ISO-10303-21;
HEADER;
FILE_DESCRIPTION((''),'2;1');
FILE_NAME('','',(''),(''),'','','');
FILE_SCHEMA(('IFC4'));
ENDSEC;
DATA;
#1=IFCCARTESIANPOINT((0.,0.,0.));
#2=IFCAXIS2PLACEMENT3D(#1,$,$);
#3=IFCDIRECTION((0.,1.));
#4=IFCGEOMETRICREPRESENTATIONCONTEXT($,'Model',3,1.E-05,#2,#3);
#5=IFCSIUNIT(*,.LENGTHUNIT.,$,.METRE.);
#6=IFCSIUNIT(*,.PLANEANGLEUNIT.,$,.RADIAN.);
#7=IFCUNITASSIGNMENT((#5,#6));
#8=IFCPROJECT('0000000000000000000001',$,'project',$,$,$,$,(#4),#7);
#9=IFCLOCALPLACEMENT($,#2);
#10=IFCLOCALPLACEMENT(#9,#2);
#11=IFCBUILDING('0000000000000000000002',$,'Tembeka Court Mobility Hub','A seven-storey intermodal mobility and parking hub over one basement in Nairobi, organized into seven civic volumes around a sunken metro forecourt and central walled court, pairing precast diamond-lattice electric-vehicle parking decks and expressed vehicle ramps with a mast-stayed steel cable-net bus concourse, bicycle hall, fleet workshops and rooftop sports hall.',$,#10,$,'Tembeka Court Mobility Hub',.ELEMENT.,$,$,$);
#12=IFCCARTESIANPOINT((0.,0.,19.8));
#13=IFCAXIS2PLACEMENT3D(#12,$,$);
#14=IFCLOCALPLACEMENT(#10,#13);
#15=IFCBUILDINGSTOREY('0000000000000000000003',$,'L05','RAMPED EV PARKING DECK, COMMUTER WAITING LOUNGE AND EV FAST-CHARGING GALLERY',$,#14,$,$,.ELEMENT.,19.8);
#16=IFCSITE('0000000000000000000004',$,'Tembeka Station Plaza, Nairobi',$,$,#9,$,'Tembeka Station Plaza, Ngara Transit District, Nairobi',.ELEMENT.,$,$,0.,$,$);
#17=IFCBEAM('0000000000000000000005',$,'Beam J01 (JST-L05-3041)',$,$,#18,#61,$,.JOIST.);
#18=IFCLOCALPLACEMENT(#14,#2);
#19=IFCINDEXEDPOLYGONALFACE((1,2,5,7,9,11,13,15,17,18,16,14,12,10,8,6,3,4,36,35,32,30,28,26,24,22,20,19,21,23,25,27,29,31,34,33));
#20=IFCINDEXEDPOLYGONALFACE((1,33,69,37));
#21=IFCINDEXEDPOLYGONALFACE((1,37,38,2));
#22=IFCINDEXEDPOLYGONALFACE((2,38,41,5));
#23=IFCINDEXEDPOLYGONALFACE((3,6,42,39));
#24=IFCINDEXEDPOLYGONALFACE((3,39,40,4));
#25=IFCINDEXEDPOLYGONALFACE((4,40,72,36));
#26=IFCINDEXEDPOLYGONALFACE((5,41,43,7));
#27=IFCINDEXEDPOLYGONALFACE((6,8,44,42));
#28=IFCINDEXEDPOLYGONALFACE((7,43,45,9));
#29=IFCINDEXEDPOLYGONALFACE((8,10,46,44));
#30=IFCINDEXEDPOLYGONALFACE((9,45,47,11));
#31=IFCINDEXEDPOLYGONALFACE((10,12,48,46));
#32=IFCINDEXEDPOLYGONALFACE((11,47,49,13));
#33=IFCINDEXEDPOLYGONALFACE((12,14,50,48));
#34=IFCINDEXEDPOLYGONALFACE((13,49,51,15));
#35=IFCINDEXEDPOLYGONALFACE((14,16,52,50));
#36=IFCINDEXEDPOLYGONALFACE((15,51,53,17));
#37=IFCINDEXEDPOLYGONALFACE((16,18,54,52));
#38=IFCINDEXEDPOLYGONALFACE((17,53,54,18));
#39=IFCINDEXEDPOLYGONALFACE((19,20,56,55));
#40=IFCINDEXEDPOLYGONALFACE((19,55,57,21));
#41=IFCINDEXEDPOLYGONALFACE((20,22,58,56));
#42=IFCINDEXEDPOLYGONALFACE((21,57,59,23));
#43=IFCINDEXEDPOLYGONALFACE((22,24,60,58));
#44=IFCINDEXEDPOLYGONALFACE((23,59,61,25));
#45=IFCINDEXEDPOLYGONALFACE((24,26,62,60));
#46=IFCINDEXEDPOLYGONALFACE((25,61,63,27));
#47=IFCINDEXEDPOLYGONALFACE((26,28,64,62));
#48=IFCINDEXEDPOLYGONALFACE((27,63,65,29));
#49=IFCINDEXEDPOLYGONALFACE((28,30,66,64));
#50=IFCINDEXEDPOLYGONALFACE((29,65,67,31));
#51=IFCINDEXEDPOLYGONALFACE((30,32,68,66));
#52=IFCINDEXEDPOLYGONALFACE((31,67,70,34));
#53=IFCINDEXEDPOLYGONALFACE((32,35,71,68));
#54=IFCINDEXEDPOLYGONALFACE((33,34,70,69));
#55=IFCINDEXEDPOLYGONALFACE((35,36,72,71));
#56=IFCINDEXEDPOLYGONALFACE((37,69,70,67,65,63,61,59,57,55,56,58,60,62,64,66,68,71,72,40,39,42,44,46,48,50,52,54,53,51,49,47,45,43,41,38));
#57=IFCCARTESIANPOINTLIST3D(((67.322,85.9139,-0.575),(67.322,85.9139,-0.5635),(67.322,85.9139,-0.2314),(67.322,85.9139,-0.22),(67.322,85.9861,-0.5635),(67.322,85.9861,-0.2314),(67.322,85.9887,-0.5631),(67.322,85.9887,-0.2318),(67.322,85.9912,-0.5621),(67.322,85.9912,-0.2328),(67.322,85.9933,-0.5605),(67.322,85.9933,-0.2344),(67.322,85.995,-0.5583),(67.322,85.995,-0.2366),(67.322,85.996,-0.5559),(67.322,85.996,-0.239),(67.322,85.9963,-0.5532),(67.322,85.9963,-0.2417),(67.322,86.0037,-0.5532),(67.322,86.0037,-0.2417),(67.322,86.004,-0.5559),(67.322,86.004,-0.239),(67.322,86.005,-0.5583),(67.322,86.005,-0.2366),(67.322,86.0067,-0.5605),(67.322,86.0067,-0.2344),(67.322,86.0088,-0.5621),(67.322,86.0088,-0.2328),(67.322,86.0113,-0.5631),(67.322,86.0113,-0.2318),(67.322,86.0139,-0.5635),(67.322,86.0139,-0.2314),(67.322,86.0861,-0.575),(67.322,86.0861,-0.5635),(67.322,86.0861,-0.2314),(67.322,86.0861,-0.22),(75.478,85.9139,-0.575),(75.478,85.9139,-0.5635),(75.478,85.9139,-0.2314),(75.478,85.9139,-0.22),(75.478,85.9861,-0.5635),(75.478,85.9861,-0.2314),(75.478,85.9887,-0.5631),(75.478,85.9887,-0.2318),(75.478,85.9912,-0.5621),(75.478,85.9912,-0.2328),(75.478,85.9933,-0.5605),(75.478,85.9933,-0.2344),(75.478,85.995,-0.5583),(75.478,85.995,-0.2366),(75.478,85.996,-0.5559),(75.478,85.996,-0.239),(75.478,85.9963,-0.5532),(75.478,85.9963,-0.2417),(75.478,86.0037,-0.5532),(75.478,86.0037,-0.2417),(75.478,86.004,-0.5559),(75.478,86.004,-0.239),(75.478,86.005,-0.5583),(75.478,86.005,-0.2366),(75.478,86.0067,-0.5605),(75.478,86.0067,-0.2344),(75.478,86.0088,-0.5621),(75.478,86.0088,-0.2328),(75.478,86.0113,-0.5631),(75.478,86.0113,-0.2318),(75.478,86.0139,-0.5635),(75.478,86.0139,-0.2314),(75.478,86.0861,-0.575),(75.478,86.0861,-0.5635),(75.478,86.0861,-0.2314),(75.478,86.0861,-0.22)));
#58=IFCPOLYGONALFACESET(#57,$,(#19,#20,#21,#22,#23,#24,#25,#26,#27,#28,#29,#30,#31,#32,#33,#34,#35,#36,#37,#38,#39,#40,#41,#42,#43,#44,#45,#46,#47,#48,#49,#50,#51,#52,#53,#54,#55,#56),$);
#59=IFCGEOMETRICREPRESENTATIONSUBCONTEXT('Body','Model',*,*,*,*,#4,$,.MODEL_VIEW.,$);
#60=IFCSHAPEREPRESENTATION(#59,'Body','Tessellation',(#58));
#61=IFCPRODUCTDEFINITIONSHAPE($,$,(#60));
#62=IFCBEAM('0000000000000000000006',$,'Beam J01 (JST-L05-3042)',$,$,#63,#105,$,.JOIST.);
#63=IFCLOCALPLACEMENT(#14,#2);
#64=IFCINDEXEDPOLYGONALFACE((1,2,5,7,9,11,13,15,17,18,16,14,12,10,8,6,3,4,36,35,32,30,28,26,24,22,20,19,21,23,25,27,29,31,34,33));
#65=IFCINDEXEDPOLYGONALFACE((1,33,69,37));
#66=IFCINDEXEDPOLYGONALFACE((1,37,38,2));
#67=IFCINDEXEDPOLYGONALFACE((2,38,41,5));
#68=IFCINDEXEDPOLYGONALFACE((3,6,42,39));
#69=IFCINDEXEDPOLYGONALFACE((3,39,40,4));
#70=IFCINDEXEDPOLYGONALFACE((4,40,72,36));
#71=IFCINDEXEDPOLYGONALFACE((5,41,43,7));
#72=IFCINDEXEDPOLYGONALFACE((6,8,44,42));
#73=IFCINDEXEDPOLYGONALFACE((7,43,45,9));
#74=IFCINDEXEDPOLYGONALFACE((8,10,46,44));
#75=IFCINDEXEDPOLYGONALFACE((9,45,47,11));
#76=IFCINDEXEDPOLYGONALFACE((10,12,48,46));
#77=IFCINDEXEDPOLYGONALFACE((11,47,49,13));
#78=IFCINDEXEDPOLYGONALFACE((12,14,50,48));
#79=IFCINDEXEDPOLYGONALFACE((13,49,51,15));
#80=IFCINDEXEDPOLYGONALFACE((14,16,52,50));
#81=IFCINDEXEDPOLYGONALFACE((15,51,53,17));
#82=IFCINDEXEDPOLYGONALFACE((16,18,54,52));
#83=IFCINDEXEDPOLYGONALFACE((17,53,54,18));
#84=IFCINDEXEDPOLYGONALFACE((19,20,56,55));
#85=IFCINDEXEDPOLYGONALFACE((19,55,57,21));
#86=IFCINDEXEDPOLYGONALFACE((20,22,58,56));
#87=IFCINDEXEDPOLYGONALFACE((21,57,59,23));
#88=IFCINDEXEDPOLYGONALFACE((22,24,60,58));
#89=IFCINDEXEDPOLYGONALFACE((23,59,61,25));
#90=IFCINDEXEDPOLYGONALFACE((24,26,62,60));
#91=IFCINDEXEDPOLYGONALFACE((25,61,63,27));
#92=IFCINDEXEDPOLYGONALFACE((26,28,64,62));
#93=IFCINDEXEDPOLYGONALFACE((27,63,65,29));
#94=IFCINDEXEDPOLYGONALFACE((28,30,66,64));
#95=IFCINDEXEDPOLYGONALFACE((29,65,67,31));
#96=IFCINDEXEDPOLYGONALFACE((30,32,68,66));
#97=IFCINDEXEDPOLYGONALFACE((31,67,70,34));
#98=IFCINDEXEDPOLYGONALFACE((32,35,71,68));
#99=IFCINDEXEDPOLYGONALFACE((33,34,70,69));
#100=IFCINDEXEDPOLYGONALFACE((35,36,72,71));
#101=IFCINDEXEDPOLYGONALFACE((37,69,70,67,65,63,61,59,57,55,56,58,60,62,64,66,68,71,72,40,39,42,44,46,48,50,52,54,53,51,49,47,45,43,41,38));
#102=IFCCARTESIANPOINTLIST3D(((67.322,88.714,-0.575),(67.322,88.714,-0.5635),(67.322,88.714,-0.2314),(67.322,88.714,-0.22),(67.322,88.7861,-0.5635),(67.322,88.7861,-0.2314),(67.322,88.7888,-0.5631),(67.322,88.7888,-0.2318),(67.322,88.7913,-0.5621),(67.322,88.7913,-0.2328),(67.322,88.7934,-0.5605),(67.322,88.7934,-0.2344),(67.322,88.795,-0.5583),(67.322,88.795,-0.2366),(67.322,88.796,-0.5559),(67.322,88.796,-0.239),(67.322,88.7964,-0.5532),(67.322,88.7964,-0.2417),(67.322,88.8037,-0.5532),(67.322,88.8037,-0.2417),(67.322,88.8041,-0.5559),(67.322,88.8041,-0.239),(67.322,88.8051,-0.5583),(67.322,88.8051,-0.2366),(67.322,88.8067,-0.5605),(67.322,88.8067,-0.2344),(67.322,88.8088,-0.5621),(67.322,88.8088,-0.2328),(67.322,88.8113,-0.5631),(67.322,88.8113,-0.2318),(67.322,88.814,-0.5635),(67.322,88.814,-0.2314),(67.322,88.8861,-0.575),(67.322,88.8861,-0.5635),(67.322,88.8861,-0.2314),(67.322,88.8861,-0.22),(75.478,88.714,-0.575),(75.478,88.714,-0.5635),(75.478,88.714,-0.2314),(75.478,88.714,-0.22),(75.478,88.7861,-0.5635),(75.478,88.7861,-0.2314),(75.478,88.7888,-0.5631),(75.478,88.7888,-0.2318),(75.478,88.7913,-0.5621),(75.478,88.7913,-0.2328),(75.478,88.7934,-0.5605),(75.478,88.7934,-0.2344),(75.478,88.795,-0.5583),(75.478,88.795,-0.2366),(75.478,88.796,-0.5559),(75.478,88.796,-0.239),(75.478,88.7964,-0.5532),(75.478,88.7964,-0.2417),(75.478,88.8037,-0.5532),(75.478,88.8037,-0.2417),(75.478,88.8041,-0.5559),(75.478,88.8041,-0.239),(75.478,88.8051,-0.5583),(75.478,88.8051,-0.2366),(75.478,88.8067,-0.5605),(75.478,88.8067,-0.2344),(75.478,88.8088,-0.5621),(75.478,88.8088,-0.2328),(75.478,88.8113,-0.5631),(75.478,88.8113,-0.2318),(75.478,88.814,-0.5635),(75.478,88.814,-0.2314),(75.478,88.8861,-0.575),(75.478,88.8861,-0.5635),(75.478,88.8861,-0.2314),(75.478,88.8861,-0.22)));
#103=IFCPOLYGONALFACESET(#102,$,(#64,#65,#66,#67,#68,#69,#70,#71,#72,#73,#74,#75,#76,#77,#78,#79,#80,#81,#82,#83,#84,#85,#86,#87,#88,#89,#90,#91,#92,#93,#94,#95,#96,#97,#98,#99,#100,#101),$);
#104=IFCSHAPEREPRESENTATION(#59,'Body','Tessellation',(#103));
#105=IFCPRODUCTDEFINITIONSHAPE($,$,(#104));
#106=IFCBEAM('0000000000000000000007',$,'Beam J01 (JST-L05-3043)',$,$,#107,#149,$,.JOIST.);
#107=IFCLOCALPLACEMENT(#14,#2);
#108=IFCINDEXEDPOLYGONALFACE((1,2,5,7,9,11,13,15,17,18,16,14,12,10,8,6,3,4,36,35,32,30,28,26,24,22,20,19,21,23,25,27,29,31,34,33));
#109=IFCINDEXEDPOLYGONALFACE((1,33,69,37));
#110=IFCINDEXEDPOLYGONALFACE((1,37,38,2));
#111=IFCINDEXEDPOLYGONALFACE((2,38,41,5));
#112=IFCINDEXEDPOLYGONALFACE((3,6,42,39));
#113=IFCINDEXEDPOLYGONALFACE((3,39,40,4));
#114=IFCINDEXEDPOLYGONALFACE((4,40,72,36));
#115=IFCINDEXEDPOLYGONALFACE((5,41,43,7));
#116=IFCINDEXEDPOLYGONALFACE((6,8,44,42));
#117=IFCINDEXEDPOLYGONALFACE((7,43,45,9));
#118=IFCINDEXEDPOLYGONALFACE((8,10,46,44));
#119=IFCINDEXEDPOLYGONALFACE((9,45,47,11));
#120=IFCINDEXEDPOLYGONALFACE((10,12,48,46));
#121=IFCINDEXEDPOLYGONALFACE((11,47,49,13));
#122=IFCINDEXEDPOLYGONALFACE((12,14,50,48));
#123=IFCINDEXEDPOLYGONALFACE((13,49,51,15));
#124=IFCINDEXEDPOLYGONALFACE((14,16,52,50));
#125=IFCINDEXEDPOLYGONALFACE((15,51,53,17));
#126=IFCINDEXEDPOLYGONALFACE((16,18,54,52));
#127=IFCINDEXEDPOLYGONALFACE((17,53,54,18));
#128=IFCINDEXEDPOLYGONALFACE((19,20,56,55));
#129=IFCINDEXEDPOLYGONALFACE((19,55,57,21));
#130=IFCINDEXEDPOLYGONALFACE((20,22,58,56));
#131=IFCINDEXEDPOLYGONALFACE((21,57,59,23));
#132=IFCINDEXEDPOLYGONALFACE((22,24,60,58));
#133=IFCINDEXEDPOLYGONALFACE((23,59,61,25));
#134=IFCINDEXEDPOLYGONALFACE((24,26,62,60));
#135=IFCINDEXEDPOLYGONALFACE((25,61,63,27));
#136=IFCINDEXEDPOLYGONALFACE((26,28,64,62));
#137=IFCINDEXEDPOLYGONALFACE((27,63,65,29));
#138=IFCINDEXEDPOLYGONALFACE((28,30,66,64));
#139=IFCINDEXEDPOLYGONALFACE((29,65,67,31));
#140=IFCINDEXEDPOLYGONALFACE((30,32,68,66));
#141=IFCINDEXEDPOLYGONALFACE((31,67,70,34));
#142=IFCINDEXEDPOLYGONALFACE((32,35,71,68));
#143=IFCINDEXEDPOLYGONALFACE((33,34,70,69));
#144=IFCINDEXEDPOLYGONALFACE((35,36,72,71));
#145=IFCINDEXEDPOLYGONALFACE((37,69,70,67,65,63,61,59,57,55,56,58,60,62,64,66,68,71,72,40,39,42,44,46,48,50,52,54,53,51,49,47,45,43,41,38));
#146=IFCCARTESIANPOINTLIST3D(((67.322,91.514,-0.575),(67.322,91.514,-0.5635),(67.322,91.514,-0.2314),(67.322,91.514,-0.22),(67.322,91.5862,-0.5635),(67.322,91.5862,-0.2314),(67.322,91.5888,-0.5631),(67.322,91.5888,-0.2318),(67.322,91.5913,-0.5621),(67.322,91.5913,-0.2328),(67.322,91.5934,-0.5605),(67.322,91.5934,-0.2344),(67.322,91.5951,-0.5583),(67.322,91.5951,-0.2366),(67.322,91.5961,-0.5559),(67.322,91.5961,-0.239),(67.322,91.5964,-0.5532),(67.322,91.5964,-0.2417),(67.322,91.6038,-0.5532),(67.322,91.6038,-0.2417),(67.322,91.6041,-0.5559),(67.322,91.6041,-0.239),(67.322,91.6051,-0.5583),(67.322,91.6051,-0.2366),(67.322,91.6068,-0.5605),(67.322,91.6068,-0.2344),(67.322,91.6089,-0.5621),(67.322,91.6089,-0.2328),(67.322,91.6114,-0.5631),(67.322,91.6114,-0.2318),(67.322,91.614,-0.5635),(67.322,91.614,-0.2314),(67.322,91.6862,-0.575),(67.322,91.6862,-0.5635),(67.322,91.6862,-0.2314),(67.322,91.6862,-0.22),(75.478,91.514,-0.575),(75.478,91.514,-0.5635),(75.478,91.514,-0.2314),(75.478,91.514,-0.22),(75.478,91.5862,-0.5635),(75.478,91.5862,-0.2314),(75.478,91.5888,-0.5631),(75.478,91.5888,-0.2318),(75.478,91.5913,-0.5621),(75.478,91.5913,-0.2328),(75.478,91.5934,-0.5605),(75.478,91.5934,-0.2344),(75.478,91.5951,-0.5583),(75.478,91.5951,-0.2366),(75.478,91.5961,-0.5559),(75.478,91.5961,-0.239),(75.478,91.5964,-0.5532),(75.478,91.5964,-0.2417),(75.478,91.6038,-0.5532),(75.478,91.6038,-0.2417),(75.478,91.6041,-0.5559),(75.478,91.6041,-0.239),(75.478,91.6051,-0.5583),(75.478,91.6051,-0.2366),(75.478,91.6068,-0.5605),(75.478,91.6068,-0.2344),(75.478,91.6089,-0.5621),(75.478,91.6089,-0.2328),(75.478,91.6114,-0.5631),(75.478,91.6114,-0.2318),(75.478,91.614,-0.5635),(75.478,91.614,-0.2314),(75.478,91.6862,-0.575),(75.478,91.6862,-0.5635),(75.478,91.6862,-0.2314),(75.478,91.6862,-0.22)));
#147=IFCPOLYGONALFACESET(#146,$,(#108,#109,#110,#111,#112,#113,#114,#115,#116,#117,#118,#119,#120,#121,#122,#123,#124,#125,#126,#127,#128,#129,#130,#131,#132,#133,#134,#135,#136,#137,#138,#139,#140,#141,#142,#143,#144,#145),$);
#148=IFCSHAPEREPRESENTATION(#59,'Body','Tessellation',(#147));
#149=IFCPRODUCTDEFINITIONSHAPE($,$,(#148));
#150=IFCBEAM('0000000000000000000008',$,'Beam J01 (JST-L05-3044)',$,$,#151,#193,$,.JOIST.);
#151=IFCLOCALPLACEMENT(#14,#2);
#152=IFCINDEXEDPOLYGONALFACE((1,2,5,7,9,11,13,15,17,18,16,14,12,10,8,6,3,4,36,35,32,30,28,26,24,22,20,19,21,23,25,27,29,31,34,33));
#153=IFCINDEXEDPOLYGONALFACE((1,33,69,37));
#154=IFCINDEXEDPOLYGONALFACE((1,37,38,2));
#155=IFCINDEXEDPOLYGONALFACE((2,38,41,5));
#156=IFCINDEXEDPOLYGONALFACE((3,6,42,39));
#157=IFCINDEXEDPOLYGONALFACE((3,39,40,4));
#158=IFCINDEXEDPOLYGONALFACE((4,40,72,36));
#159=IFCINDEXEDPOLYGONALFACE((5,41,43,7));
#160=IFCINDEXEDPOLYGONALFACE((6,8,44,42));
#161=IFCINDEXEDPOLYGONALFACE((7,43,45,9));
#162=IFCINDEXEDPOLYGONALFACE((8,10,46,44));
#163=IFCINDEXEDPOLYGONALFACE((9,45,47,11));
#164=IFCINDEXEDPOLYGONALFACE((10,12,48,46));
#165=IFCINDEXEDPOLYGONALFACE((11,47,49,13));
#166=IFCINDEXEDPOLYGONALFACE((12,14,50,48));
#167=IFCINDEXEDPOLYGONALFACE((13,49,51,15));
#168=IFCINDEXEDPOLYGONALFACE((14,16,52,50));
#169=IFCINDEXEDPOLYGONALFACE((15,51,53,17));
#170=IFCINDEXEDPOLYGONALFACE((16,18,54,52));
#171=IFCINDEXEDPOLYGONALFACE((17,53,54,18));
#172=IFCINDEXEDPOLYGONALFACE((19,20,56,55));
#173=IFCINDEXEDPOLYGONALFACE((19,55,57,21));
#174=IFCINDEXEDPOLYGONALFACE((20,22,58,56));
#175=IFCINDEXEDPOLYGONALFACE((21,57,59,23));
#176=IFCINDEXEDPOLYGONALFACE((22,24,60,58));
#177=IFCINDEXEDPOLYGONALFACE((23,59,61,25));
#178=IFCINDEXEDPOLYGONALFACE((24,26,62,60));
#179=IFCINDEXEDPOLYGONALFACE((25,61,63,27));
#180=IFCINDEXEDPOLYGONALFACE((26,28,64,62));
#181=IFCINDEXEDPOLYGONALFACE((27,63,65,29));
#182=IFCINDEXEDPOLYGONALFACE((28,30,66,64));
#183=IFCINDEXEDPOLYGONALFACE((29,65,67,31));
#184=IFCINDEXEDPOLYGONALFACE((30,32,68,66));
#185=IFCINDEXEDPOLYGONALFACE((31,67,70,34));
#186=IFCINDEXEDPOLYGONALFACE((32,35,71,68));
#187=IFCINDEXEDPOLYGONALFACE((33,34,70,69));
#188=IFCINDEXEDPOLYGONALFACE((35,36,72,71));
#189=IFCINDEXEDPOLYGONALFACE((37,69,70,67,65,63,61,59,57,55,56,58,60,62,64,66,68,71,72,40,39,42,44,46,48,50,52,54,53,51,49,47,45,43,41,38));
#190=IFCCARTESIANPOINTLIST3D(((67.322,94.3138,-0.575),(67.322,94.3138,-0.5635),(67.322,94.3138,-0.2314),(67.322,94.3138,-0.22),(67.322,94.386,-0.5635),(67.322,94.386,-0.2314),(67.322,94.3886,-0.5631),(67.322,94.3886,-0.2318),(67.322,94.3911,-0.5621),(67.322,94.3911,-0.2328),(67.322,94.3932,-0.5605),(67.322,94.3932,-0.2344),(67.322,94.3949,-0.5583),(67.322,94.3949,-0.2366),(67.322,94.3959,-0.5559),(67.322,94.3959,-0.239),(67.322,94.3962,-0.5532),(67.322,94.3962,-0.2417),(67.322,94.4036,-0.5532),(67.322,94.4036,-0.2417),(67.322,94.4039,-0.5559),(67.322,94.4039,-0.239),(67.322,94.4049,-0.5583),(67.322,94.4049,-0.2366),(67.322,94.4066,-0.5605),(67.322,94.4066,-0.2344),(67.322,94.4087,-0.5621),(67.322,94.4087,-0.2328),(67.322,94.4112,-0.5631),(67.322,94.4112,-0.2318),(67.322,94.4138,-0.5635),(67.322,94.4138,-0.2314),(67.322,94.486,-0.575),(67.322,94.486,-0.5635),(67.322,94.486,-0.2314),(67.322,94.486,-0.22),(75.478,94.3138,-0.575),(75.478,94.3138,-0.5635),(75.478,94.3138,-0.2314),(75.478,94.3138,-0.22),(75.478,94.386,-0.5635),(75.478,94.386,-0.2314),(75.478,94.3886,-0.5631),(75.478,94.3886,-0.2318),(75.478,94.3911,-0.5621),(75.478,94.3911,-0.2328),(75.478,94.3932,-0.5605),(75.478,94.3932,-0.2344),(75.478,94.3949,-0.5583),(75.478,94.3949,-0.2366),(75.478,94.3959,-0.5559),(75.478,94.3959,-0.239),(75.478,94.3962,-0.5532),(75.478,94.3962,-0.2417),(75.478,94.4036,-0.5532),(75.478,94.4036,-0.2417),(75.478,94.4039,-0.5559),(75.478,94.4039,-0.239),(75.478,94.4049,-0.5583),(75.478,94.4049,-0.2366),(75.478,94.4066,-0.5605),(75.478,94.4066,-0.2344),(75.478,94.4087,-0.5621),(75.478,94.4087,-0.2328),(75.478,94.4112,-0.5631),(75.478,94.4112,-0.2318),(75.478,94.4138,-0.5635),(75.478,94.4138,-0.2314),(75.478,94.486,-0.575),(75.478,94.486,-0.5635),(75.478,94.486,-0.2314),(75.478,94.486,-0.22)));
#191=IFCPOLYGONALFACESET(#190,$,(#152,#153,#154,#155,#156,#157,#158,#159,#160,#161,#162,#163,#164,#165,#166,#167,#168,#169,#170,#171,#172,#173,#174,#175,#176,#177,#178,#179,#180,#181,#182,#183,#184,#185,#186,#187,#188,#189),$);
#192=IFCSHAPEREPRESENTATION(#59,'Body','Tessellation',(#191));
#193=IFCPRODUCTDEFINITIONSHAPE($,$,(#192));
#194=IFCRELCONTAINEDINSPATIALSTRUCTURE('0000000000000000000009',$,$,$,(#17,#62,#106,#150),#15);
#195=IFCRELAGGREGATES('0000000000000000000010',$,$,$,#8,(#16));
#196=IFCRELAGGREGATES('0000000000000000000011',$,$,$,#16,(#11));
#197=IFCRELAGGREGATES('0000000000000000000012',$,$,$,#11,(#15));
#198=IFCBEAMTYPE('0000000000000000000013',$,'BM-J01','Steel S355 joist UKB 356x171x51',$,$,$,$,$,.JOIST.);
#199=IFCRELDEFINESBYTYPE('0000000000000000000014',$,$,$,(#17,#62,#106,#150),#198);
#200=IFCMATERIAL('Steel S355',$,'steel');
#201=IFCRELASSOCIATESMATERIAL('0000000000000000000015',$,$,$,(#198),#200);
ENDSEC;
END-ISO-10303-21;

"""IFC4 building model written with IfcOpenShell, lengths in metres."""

from ifc_helpers import new_model, si_unit, direction, frame, origin, origin_2d, place, context, subcontext, project, spatial, i_section, extrude, material, material_profile, profile_set, type_object, element, save


model = new_model("IFC4")

# Units and contexts
model_context = context("Model", 3, precision=1e-05, world=origin(), true_north=direction((0.0, 1.0)))
body_context = subcontext(model_context, "Body", "Model", "MODEL_VIEW")
ifc_project = project(units=[si_unit("LENGTHUNIT", "METRE"), si_unit("PLANEANGLEUNIT", "RADIAN")], contexts=[model_context])

# Site, building, storey
site_placement = place(None, origin())
site = spatial("IfcSite", under=ifc_project, at=site_placement, Name="Tembeka Station Plaza, Nairobi", LongName="Tembeka Station Plaza, Ngara Transit District, Nairobi", CompositionType="ELEMENT", RefElevation=0.0)
building_placement = place(site_placement, origin())
building = spatial("IfcBuilding", under=site, at=building_placement, Name="Tembeka Court Mobility Hub", Description="A seven-storey intermodal mobility and parking hub over one basement in Nairobi, organized into seven civic volumes around a sunken metro forecourt and central walled court, pairing precast diamond-lattice electric-vehicle parking decks and expressed vehicle ramps with a mast-stayed steel cable-net bus concourse, bicycle hall, fleet workshops and rooftop sports hall.", LongName="Tembeka Court Mobility Hub", CompositionType="ELEMENT")
storey_placement = place(building_placement, frame((0.0, 0.0, 19.8)))
storey = spatial("IfcBuildingStorey", under=building, at=storey_placement, Name="L05", Description="RAMPED EV PARKING DECK, COMMUTER WAITING LOUNGE AND EV FAST-CHARGING GALLERY", CompositionType="ELEMENT", Elevation=19.8)

# Shared definitions
ifc_material = material(Name="Steel S355", Category="steel")

# Beams
ifc_material_profile_1 = material_profile(ifc_material, i_section(OverallWidth=0.1721, OverallDepth=0.355, WebThickness=0.0073, FlangeThickness=0.0115, FilletRadius=0.0103, at=origin_2d()), Name="UKB 356x171x51")
ifc_profile_set_1 = profile_set([ifc_material_profile_1], Name="Steel S355")
beam_type_1 = type_object("IfcBeamType", Name="BM-J01", Description="Steel S355 joist UKB 356x171x51", PredefinedType="JOIST", material=ifc_profile_set_1)
for number, where, z_axis, x_axis, name in (
    (1, (67.322, 86.0, -0.3975), (1.0, 0.0, 0.0), (0.0, 1.0, 0.0), "Beam J01 (JST-L05-3041)"),
    (2, (67.322, 88.8, -0.3975), (1.0, 0.0, 0.0), (0.0, 1.0, 0.0), "Beam J01 (JST-L05-3042)"),
    (3, (67.322, 91.6001, -0.3975), (1.0, 0.0, 0.0), (0.0, 1.0, 0.0), "Beam J01 (JST-L05-3043)"),
    (4, (67.322, 94.3999, -0.3975), (1.0, 0.0, 0.0), (0.0, 1.0, 0.0), "Beam J01 (JST-L05-3044)"),
):
    element("IfcBeam", number, at=place(storey_placement, frame(where, z_axis=z_axis, x_axis=x_axis)), inside=storey, type_object=beam_type_1, Name=name, PredefinedType="JOIST", context=body_context, shape_type="SweptSolid", body=[
        extrude(i_section(OverallWidth=0.1721, OverallDepth=0.355, WebThickness=0.0073, FlangeThickness=0.0115, FilletRadius=0.0103, at=origin_2d()), origin(), (0.0, 0.0, 1.0), 8.156),
    ])

save(model, "model.ifc")
